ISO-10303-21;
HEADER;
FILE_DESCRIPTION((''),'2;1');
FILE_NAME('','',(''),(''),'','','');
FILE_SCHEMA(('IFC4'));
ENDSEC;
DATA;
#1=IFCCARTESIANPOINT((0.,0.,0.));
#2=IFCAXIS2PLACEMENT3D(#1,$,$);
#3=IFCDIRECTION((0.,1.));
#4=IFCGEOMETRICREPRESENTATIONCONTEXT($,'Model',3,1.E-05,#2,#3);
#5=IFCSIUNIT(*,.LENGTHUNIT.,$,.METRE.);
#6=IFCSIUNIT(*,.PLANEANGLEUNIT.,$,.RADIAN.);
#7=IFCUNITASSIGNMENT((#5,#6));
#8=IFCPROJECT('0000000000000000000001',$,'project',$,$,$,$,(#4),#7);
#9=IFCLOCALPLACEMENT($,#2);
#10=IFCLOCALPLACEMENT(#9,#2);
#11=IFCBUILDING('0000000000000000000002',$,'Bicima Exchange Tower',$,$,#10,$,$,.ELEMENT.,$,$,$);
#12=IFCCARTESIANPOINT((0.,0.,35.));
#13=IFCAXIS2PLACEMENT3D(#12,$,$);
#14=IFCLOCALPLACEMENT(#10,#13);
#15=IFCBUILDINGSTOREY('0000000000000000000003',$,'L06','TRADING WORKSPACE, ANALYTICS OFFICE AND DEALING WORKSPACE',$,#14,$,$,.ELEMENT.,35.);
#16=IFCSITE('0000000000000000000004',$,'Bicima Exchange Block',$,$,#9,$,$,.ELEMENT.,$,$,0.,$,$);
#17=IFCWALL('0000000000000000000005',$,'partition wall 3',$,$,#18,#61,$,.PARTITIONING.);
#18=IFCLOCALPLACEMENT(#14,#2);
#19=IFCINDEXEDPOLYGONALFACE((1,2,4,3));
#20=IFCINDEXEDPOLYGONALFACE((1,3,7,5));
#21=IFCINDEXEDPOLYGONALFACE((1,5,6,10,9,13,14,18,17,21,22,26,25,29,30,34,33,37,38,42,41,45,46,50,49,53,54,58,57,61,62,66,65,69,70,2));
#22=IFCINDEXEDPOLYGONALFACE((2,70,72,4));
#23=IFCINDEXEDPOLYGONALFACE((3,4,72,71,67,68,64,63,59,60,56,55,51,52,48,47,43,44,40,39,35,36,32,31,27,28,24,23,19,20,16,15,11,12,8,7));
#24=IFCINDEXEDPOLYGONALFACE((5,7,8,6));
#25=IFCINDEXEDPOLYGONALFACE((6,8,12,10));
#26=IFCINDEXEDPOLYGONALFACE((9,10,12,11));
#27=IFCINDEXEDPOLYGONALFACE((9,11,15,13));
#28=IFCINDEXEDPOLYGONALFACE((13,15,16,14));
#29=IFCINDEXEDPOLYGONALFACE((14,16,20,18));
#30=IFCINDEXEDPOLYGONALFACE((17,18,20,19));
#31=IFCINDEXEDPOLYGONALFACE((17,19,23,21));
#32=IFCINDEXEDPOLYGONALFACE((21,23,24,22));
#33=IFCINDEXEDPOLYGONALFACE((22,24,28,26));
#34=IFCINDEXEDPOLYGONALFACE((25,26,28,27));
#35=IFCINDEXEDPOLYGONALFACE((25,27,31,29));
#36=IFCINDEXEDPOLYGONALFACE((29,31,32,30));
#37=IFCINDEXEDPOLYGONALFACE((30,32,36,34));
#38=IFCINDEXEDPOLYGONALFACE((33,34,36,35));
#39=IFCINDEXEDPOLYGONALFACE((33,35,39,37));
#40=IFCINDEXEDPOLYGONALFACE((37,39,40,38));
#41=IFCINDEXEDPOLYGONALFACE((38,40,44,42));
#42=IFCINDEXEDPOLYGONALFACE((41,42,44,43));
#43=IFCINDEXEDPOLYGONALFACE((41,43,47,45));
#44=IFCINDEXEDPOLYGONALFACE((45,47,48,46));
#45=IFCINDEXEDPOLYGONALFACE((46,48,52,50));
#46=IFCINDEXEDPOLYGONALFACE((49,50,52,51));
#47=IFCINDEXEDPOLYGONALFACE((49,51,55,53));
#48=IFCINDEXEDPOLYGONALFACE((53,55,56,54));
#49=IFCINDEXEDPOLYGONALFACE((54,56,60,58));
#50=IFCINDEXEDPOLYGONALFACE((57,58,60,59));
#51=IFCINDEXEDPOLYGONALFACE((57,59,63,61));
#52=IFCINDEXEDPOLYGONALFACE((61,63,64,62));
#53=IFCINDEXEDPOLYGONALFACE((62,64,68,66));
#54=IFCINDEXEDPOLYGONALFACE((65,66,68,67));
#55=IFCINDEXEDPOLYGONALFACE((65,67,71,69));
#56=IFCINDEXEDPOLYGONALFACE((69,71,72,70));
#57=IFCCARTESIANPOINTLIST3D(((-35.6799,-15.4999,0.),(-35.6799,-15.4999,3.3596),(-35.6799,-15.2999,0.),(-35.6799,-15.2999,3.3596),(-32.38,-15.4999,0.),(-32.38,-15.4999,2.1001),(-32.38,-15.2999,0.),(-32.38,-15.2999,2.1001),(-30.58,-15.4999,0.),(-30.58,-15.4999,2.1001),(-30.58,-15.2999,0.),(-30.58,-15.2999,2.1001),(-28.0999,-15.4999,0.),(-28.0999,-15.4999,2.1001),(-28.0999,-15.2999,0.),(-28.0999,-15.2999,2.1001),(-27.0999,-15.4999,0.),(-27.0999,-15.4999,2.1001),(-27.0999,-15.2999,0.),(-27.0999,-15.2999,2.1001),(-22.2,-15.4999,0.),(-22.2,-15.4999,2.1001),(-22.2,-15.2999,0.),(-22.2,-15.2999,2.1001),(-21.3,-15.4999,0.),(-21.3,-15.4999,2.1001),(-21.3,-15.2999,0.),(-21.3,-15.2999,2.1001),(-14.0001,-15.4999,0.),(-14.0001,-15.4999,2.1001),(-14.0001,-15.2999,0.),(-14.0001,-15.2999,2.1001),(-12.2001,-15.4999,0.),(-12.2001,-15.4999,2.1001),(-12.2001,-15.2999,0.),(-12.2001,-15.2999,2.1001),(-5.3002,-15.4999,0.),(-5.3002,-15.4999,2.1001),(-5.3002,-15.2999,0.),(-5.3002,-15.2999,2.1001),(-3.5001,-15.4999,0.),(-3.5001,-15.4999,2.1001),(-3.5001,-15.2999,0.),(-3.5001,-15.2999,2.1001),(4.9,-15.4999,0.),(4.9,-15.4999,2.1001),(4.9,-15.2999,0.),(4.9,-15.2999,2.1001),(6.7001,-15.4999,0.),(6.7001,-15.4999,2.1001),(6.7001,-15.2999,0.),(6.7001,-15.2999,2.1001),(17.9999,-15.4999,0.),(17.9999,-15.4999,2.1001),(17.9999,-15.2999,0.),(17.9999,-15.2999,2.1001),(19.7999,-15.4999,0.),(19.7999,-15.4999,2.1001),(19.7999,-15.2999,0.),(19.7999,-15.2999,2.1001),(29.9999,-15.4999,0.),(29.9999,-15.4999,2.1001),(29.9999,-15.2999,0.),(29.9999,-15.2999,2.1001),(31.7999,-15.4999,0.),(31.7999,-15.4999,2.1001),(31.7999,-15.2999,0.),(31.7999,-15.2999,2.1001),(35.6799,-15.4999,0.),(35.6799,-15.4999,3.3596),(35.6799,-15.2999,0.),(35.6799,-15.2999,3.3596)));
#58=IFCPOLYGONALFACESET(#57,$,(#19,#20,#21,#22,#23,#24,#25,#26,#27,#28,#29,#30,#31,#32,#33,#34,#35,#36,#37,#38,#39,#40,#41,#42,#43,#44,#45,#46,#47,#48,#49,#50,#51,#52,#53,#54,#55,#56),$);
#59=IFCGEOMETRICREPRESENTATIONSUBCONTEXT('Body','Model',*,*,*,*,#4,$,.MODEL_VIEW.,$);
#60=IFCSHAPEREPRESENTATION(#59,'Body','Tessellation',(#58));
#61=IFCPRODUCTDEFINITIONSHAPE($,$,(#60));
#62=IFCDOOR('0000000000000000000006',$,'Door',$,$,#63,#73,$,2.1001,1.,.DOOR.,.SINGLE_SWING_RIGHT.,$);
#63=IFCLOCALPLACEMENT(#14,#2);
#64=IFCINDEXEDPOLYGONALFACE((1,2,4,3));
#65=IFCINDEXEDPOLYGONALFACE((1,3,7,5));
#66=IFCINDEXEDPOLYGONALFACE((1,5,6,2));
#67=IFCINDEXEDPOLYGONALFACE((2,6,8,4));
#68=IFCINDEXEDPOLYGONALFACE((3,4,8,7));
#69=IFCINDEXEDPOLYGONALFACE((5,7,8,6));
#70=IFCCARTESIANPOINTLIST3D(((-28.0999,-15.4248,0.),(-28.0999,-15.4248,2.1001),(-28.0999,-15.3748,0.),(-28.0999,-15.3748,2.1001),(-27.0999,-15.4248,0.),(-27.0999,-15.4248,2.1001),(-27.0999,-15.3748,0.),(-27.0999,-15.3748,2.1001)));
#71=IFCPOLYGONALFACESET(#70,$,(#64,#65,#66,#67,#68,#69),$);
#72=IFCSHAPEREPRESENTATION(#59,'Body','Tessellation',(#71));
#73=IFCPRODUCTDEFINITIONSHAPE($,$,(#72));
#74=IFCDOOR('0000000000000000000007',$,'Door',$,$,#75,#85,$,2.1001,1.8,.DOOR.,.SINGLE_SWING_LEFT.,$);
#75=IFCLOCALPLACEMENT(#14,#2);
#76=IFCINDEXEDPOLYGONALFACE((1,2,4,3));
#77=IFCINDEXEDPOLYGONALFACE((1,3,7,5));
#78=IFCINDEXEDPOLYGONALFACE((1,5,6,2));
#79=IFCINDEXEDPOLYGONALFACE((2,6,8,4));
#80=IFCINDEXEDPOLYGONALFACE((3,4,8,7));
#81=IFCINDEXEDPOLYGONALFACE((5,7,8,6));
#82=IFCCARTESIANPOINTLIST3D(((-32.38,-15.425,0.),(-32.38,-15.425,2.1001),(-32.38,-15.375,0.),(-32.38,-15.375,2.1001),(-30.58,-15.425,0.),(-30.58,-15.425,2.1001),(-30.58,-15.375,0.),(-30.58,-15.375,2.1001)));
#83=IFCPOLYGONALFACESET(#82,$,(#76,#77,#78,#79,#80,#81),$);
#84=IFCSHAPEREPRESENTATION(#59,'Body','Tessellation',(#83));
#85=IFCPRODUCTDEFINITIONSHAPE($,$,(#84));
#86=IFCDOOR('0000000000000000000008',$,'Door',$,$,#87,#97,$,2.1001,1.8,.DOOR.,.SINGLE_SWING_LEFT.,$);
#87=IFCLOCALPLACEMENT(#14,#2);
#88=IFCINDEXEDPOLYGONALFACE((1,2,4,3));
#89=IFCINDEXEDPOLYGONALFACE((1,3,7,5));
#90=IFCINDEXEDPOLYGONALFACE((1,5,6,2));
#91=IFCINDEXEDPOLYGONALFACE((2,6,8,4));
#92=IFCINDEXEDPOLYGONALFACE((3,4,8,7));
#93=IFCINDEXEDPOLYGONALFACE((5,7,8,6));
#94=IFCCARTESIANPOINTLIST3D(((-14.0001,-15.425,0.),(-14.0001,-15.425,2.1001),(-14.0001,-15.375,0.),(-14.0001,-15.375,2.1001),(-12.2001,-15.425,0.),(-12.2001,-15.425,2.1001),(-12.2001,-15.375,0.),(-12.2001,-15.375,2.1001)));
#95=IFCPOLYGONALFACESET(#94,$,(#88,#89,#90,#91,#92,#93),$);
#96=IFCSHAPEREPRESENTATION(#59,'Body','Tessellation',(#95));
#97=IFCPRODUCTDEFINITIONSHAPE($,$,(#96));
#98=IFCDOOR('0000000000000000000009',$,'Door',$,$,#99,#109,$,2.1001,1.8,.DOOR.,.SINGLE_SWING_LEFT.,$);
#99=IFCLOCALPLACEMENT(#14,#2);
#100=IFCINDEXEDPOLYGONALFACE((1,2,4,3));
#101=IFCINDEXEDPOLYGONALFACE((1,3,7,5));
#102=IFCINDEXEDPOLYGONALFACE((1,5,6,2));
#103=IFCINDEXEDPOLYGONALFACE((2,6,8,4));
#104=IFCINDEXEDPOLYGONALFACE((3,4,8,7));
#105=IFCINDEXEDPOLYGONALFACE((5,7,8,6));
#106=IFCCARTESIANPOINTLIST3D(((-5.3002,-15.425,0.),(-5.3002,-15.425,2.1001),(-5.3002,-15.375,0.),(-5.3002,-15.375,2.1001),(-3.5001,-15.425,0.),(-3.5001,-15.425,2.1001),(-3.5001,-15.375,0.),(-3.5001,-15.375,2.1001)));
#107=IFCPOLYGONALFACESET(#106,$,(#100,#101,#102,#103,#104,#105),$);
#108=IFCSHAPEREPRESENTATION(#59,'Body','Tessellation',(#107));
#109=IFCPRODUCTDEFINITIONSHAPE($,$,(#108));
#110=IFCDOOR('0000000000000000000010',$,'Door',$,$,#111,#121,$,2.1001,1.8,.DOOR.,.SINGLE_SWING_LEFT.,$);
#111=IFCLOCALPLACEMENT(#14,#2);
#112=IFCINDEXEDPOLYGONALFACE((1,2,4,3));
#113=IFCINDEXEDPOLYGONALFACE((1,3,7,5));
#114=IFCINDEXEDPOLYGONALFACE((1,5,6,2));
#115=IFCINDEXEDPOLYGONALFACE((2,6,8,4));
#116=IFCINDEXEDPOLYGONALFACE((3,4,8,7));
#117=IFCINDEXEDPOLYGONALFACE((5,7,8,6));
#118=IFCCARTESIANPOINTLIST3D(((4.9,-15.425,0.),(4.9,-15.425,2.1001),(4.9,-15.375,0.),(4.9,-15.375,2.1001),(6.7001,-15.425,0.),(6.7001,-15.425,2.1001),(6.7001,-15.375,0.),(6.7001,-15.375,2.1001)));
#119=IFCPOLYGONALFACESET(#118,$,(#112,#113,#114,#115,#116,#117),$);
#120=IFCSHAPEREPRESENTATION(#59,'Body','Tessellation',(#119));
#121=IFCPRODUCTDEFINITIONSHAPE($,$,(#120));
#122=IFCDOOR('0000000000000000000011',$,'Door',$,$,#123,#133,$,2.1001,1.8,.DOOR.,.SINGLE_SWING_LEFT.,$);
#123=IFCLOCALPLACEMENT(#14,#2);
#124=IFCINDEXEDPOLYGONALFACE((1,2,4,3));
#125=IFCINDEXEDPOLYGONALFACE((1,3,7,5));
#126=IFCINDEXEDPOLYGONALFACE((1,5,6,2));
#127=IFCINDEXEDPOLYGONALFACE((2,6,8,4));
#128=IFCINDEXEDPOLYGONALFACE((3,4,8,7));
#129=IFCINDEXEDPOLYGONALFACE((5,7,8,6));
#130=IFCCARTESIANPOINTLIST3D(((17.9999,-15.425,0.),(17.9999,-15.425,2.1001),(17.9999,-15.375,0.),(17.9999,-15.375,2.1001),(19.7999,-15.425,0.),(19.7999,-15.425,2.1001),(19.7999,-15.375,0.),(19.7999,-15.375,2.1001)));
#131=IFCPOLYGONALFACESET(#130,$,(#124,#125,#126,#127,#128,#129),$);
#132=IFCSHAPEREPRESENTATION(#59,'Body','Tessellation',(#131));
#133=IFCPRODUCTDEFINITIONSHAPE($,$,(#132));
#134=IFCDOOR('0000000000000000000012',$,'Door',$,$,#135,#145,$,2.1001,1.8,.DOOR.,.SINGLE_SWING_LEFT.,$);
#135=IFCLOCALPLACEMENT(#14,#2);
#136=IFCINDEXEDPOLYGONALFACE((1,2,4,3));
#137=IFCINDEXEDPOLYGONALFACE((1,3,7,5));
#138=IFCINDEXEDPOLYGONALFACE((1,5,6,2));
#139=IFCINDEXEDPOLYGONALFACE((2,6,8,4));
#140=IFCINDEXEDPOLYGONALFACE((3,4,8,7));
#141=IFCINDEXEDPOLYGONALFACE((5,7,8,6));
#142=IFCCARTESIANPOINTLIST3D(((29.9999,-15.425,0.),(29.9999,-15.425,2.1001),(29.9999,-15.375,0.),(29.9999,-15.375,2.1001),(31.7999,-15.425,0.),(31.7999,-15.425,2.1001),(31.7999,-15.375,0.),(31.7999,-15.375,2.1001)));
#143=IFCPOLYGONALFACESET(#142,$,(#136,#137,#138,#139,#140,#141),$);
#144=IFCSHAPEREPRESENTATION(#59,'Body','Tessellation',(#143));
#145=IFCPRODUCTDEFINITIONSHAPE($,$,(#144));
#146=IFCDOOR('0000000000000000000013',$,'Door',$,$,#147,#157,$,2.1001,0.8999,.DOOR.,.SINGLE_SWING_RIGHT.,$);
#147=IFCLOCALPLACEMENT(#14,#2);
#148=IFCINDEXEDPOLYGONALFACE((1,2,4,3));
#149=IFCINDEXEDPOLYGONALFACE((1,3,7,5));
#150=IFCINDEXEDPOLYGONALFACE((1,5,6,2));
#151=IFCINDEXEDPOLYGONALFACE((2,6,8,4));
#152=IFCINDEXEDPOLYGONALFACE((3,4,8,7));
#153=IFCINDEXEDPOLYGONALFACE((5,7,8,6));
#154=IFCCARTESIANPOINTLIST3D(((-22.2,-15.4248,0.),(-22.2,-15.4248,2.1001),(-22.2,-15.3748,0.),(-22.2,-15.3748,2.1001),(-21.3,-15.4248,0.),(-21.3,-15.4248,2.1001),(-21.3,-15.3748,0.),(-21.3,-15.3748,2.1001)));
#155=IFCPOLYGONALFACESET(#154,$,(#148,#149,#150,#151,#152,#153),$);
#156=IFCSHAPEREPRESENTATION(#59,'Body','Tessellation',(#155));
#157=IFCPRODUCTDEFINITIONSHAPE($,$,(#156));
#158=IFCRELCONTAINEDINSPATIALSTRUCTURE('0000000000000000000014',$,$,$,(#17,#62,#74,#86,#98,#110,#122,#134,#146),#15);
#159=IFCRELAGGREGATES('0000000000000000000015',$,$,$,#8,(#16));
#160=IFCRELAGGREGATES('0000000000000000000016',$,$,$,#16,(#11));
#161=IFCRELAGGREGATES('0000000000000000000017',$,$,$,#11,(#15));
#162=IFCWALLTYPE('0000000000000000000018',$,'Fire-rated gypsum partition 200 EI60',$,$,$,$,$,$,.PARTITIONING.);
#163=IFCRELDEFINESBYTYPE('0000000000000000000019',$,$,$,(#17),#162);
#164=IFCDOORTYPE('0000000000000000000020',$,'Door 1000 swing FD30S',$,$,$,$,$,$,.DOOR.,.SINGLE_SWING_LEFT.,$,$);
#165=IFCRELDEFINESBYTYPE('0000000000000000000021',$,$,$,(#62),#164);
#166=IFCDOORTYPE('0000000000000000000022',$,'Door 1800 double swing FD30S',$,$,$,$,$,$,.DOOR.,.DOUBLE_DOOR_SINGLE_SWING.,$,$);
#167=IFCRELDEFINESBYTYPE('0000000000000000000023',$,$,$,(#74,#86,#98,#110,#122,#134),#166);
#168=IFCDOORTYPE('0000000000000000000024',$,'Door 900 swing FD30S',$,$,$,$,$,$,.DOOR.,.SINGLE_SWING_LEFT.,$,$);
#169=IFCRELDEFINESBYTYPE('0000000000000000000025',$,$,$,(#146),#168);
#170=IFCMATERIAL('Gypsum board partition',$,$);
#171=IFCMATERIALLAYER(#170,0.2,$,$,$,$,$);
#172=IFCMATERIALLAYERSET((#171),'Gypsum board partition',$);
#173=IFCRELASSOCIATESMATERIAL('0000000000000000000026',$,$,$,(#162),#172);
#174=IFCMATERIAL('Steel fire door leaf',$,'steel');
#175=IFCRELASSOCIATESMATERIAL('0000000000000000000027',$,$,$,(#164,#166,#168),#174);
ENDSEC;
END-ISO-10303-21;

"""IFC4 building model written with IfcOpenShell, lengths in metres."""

from ifc_helpers import new_model, si_unit, direction, frame, frame_2d, origin, place, context, subcontext, project, spatial, rectangle, extrude, material, layer, layer_set, type_object, element, fill, save


model = new_model("IFC4")

# Units and contexts
model_context = context("Model", 3, precision=1e-05, world=origin(), true_north=direction((0.0, 1.0)))
body_context = subcontext(model_context, "Body", "Model", "MODEL_VIEW")
ifc_project = project(units=[si_unit("LENGTHUNIT", "METRE"), si_unit("PLANEANGLEUNIT", "RADIAN")], contexts=[model_context])

# Site, building, storey
site_placement = place(None, origin())
site = spatial("IfcSite", under=ifc_project, at=site_placement, Name="Bicima Exchange Block", CompositionType="ELEMENT", RefElevation=0.0)
building_placement = place(site_placement, origin())
building = spatial("IfcBuilding", under=site, at=building_placement, Name="Bicima Exchange Tower", CompositionType="ELEMENT")
storey_placement = place(building_placement, frame((0.0, 0.0, 35.0)))
storey = spatial("IfcBuildingStorey", under=building, at=storey_placement, Name="L06", Description="TRADING WORKSPACE, ANALYTICS OFFICE AND DEALING WORKSPACE", CompositionType="ELEMENT", Elevation=35.0)

# Wall, openings, doors
ifc_material_1 = material(Name="Gypsum board partition")
ifc_layer_1 = layer(ifc_material_1, 0.2)
ifc_layer_set_1 = layer_set([ifc_layer_1], Name="Gypsum board partition")
wall_type_1 = type_object("IfcWallType", Name="Fire-rated gypsum partition 200 EI60", PredefinedType="PARTITIONING", material=ifc_layer_set_1)
wall_1_placement = place(storey_placement, frame((-35.6799, -15.3999, 0.0), z_axis=(0.0, 0.0, 1.0), x_axis=(1.0, 0.0, 0.0)))
wall_1 = element("IfcWall", 1, at=wall_1_placement, inside=storey, type_object=wall_type_1, Name="partition wall 3", PredefinedType="PARTITIONING", context=body_context, shape_type="SweptSolid", body=[
    extrude(rectangle(XDim=71.3599, YDim=0.2, at=frame_2d((35.6799, 0.0))), origin(), (0.0, 0.0, 1.0), 3.3596),
])
opening_1_placement = place(wall_1_placement, frame((3.3, 0.0, 0.0)))
opening_1 = element("IfcOpeningElement", 2, at=opening_1_placement, cuts=wall_1, PredefinedType="OPENING", context=body_context, shape_type="SweptSolid", body=[
    extrude(rectangle(XDim=1.8, YDim=2.1001, at=frame_2d((0.8999, 1.05))), frame((0.0, 0.1118, 0.0), z_axis=(0.0, -1.0, 0.0), x_axis=(1.0, 0.0, 0.0)), (0.0, 0.0, 1.0), 0.2239),
])
opening_2_placement = place(wall_1_placement, frame((7.5801, 0.0, 0.0)))
opening_2 = element("IfcOpeningElement", 3, at=opening_2_placement, cuts=wall_1, PredefinedType="OPENING", context=body_context, shape_type="SweptSolid", body=[
    extrude(rectangle(XDim=1.0, YDim=2.1001, at=frame_2d((0.5, 1.05))), frame((0.0, 0.1118, 0.0), z_axis=(0.0, -1.0, 0.0), x_axis=(1.0, 0.0, 0.0)), (0.0, 0.0, 1.0), 0.2239),
])
opening_3_placement = place(wall_1_placement, frame((13.48, 0.0, 0.0)))
opening_3 = element("IfcOpeningElement", 4, at=opening_3_placement, cuts=wall_1, PredefinedType="OPENING", context=body_context, shape_type="SweptSolid", body=[
    extrude(rectangle(XDim=0.8999, YDim=2.1001, at=frame_2d((0.45, 1.05))), frame((0.0, 0.1118, 0.0), z_axis=(0.0, -1.0, 0.0), x_axis=(1.0, 0.0, 0.0)), (0.0, 0.0, 1.0), 0.2239),
])
opening_4_placement = place(wall_1_placement, frame((21.6799, 0.0, 0.0)))
opening_4 = element("IfcOpeningElement", 5, at=opening_4_placement, cuts=wall_1, PredefinedType="OPENING", context=body_context, shape_type="SweptSolid", body=[
    extrude(rectangle(XDim=1.8, YDim=2.1001, at=frame_2d((0.8999, 1.05))), frame((0.0, 0.1118, 0.0), z_axis=(0.0, -1.0, 0.0), x_axis=(1.0, 0.0, 0.0)), (0.0, 0.0, 1.0), 0.2239),
])
opening_5_placement = place(wall_1_placement, frame((30.3799, 0.0, 0.0)))
opening_5 = element("IfcOpeningElement", 6, at=opening_5_placement, cuts=wall_1, PredefinedType="OPENING", context=body_context, shape_type="SweptSolid", body=[
    extrude(rectangle(XDim=1.8, YDim=2.1001, at=frame_2d((0.8999, 1.05))), frame((0.0, 0.1118, 0.0), z_axis=(0.0, -1.0, 0.0), x_axis=(1.0, 0.0, 0.0)), (0.0, 0.0, 1.0), 0.2239),
])
opening_6_placement = place(wall_1_placement, frame((40.5801, 0.0, 0.0)))
opening_6 = element("IfcOpeningElement", 7, at=opening_6_placement, cuts=wall_1, PredefinedType="OPENING", context=body_context, shape_type="SweptSolid", body=[
    extrude(rectangle(XDim=1.8, YDim=2.1001, at=frame_2d((0.8999, 1.05))), frame((0.0, 0.1118, 0.0), z_axis=(0.0, -1.0, 0.0), x_axis=(1.0, 0.0, 0.0)), (0.0, 0.0, 1.0), 0.2239),
])
opening_7_placement = place(wall_1_placement, frame((53.6799, 0.0, 0.0)))
opening_7 = element("IfcOpeningElement", 8, at=opening_7_placement, cuts=wall_1, PredefinedType="OPENING", context=body_context, shape_type="SweptSolid", body=[
    extrude(rectangle(XDim=1.8, YDim=2.1001, at=frame_2d((0.8999, 1.05))), frame((0.0, 0.1118, 0.0), z_axis=(0.0, -1.0, 0.0), x_axis=(1.0, 0.0, 0.0)), (0.0, 0.0, 1.0), 0.2239),
])
opening_8_placement = place(wall_1_placement, frame((65.6799, 0.0, 0.0)))
opening_8 = element("IfcOpeningElement", 9, at=opening_8_placement, cuts=wall_1, PredefinedType="OPENING", context=body_context, shape_type="SweptSolid", body=[
    extrude(rectangle(XDim=1.8, YDim=2.1001, at=frame_2d((0.8999, 1.05))), frame((0.0, 0.1118, 0.0), z_axis=(0.0, -1.0, 0.0), x_axis=(1.0, 0.0, 0.0)), (0.0, 0.0, 1.0), 0.2239),
])
ifc_material_2 = material(Name="Steel fire door leaf", Category="steel")
door_type_1 = type_object("IfcDoorType", Name="Door 1000 swing FD30S", OperationType="SINGLE_SWING_LEFT", PredefinedType="DOOR", material=ifc_material_2)
door_1_placement = place(opening_2_placement, frame((1.0, 0.0, 0.0), z_axis=(0.0, 0.0, 1.0), x_axis=(-1.0, 0.0, 0.0)))
door_1 = element("IfcDoor", 10, at=door_1_placement, inside=storey, type_object=door_type_1, Name="Door", OperationType="SINGLE_SWING_RIGHT", OverallHeight=2.1001, OverallWidth=1.0, PredefinedType="DOOR", context=body_context, shape_type="SweptSolid", body=[
    extrude(rectangle(XDim=1.0, YDim=2.1001, at=frame_2d((0.5, 1.05))), frame((0.0, 0.0249, 0.0), z_axis=(0.0, -1.0, 0.0), x_axis=(1.0, 0.0, 0.0)), (0.0, 0.0, 1.0), 0.05),
])
fill(opening_2, door_1)
door_type_2 = type_object("IfcDoorType", Name="Door 1800 double swing FD30S", OperationType="DOUBLE_DOOR_SINGLE_SWING", PredefinedType="DOOR", material=ifc_material_2)
door_2_placement = place(opening_1_placement, origin())
door_2 = element("IfcDoor", 11, at=door_2_placement, inside=storey, type_object=door_type_2, Name="Door", OperationType="SINGLE_SWING_LEFT", OverallHeight=2.1001, OverallWidth=1.8, PredefinedType="DOOR", context=body_context, shape_type="SweptSolid", body=[
    extrude(rectangle(XDim=1.8, YDim=2.1001, at=frame_2d((0.8999, 1.05))), frame((0.0, 0.0249, 0.0), z_axis=(0.0, -1.0, 0.0), x_axis=(1.0, 0.0, 0.0)), (0.0, 0.0, 1.0), 0.05),
])
fill(opening_1, door_2)
door_3_placement = place(opening_4_placement, origin())
door_3 = element("IfcDoor", 12, at=door_3_placement, inside=storey, type_object=door_type_2, Name="Door", OperationType="SINGLE_SWING_LEFT", OverallHeight=2.1001, OverallWidth=1.8, PredefinedType="DOOR", context=body_context, shape_type="SweptSolid", body=[
    extrude(rectangle(XDim=1.8, YDim=2.1001, at=frame_2d((0.8999, 1.05))), frame((0.0, 0.0249, 0.0), z_axis=(0.0, -1.0, 0.0), x_axis=(1.0, 0.0, 0.0)), (0.0, 0.0, 1.0), 0.05),
])
fill(opening_4, door_3)
door_4_placement = place(opening_5_placement, origin())
door_4 = element("IfcDoor", 13, at=door_4_placement, inside=storey, type_object=door_type_2, Name="Door", OperationType="SINGLE_SWING_LEFT", OverallHeight=2.1001, OverallWidth=1.8, PredefinedType="DOOR", context=body_context, shape_type="SweptSolid", body=[
    extrude(rectangle(XDim=1.8, YDim=2.1001, at=frame_2d((0.8999, 1.05))), frame((0.0, 0.0249, 0.0), z_axis=(0.0, -1.0, 0.0), x_axis=(1.0, 0.0, 0.0)), (0.0, 0.0, 1.0), 0.05),
])
fill(opening_5, door_4)
door_5_placement = place(opening_6_placement, origin())
door_5 = element("IfcDoor", 14, at=door_5_placement, inside=storey, type_object=door_type_2, Name="Door", OperationType="SINGLE_SWING_LEFT", OverallHeight=2.1001, OverallWidth=1.8, PredefinedType="DOOR", context=body_context, shape_type="SweptSolid", body=[
    extrude(rectangle(XDim=1.8, YDim=2.1001, at=frame_2d((0.8999, 1.05))), frame((0.0, 0.0249, 0.0), z_axis=(0.0, -1.0, 0.0), x_axis=(1.0, 0.0, 0.0)), (0.0, 0.0, 1.0), 0.05),
])
fill(opening_6, door_5)
door_6_placement = place(opening_7_placement, origin())
door_6 = element("IfcDoor", 15, at=door_6_placement, inside=storey, type_object=door_type_2, Name="Door", OperationType="SINGLE_SWING_LEFT", OverallHeight=2.1001, OverallWidth=1.8, PredefinedType="DOOR", context=body_context, shape_type="SweptSolid", body=[
    extrude(rectangle(XDim=1.8, YDim=2.1001, at=frame_2d((0.8999, 1.05))), frame((0.0, 0.0249, 0.0), z_axis=(0.0, -1.0, 0.0), x_axis=(1.0, 0.0, 0.0)), (0.0, 0.0, 1.0), 0.05),
])
fill(opening_7, door_6)
door_7_placement = place(opening_8_placement, origin())
door_7 = element("IfcDoor", 16, at=door_7_placement, inside=storey, type_object=door_type_2, Name="Door", OperationType="SINGLE_SWING_LEFT", OverallHeight=2.1001, OverallWidth=1.8, PredefinedType="DOOR", context=body_context, shape_type="SweptSolid", body=[
    extrude(rectangle(XDim=1.8, YDim=2.1001, at=frame_2d((0.8999, 1.05))), frame((0.0, 0.0249, 0.0), z_axis=(0.0, -1.0, 0.0), x_axis=(1.0, 0.0, 0.0)), (0.0, 0.0, 1.0), 0.05),
])
fill(opening_8, door_7)
door_type_3 = type_object("IfcDoorType", Name="Door 900 swing FD30S", OperationType="SINGLE_SWING_LEFT", PredefinedType="DOOR", material=ifc_material_2)
door_8_placement = place(opening_3_placement, frame((0.8999, 0.0, 0.0), z_axis=(0.0, 0.0, 1.0), x_axis=(-1.0, 0.0, 0.0)))
door_8 = element("IfcDoor", 17, at=door_8_placement, inside=storey, type_object=door_type_3, Name="Door", OperationType="SINGLE_SWING_RIGHT", OverallHeight=2.1001, OverallWidth=0.8999, PredefinedType="DOOR", context=body_context, shape_type="SweptSolid", body=[
    extrude(rectangle(XDim=0.8999, YDim=2.1001, at=frame_2d((0.45, 1.05))), frame((0.0, 0.0249, 0.0), z_axis=(0.0, -1.0, 0.0), x_axis=(1.0, 0.0, 0.0)), (0.0, 0.0, 1.0), 0.05),
])
fill(opening_3, door_8)

save(model, "model.ifc")
